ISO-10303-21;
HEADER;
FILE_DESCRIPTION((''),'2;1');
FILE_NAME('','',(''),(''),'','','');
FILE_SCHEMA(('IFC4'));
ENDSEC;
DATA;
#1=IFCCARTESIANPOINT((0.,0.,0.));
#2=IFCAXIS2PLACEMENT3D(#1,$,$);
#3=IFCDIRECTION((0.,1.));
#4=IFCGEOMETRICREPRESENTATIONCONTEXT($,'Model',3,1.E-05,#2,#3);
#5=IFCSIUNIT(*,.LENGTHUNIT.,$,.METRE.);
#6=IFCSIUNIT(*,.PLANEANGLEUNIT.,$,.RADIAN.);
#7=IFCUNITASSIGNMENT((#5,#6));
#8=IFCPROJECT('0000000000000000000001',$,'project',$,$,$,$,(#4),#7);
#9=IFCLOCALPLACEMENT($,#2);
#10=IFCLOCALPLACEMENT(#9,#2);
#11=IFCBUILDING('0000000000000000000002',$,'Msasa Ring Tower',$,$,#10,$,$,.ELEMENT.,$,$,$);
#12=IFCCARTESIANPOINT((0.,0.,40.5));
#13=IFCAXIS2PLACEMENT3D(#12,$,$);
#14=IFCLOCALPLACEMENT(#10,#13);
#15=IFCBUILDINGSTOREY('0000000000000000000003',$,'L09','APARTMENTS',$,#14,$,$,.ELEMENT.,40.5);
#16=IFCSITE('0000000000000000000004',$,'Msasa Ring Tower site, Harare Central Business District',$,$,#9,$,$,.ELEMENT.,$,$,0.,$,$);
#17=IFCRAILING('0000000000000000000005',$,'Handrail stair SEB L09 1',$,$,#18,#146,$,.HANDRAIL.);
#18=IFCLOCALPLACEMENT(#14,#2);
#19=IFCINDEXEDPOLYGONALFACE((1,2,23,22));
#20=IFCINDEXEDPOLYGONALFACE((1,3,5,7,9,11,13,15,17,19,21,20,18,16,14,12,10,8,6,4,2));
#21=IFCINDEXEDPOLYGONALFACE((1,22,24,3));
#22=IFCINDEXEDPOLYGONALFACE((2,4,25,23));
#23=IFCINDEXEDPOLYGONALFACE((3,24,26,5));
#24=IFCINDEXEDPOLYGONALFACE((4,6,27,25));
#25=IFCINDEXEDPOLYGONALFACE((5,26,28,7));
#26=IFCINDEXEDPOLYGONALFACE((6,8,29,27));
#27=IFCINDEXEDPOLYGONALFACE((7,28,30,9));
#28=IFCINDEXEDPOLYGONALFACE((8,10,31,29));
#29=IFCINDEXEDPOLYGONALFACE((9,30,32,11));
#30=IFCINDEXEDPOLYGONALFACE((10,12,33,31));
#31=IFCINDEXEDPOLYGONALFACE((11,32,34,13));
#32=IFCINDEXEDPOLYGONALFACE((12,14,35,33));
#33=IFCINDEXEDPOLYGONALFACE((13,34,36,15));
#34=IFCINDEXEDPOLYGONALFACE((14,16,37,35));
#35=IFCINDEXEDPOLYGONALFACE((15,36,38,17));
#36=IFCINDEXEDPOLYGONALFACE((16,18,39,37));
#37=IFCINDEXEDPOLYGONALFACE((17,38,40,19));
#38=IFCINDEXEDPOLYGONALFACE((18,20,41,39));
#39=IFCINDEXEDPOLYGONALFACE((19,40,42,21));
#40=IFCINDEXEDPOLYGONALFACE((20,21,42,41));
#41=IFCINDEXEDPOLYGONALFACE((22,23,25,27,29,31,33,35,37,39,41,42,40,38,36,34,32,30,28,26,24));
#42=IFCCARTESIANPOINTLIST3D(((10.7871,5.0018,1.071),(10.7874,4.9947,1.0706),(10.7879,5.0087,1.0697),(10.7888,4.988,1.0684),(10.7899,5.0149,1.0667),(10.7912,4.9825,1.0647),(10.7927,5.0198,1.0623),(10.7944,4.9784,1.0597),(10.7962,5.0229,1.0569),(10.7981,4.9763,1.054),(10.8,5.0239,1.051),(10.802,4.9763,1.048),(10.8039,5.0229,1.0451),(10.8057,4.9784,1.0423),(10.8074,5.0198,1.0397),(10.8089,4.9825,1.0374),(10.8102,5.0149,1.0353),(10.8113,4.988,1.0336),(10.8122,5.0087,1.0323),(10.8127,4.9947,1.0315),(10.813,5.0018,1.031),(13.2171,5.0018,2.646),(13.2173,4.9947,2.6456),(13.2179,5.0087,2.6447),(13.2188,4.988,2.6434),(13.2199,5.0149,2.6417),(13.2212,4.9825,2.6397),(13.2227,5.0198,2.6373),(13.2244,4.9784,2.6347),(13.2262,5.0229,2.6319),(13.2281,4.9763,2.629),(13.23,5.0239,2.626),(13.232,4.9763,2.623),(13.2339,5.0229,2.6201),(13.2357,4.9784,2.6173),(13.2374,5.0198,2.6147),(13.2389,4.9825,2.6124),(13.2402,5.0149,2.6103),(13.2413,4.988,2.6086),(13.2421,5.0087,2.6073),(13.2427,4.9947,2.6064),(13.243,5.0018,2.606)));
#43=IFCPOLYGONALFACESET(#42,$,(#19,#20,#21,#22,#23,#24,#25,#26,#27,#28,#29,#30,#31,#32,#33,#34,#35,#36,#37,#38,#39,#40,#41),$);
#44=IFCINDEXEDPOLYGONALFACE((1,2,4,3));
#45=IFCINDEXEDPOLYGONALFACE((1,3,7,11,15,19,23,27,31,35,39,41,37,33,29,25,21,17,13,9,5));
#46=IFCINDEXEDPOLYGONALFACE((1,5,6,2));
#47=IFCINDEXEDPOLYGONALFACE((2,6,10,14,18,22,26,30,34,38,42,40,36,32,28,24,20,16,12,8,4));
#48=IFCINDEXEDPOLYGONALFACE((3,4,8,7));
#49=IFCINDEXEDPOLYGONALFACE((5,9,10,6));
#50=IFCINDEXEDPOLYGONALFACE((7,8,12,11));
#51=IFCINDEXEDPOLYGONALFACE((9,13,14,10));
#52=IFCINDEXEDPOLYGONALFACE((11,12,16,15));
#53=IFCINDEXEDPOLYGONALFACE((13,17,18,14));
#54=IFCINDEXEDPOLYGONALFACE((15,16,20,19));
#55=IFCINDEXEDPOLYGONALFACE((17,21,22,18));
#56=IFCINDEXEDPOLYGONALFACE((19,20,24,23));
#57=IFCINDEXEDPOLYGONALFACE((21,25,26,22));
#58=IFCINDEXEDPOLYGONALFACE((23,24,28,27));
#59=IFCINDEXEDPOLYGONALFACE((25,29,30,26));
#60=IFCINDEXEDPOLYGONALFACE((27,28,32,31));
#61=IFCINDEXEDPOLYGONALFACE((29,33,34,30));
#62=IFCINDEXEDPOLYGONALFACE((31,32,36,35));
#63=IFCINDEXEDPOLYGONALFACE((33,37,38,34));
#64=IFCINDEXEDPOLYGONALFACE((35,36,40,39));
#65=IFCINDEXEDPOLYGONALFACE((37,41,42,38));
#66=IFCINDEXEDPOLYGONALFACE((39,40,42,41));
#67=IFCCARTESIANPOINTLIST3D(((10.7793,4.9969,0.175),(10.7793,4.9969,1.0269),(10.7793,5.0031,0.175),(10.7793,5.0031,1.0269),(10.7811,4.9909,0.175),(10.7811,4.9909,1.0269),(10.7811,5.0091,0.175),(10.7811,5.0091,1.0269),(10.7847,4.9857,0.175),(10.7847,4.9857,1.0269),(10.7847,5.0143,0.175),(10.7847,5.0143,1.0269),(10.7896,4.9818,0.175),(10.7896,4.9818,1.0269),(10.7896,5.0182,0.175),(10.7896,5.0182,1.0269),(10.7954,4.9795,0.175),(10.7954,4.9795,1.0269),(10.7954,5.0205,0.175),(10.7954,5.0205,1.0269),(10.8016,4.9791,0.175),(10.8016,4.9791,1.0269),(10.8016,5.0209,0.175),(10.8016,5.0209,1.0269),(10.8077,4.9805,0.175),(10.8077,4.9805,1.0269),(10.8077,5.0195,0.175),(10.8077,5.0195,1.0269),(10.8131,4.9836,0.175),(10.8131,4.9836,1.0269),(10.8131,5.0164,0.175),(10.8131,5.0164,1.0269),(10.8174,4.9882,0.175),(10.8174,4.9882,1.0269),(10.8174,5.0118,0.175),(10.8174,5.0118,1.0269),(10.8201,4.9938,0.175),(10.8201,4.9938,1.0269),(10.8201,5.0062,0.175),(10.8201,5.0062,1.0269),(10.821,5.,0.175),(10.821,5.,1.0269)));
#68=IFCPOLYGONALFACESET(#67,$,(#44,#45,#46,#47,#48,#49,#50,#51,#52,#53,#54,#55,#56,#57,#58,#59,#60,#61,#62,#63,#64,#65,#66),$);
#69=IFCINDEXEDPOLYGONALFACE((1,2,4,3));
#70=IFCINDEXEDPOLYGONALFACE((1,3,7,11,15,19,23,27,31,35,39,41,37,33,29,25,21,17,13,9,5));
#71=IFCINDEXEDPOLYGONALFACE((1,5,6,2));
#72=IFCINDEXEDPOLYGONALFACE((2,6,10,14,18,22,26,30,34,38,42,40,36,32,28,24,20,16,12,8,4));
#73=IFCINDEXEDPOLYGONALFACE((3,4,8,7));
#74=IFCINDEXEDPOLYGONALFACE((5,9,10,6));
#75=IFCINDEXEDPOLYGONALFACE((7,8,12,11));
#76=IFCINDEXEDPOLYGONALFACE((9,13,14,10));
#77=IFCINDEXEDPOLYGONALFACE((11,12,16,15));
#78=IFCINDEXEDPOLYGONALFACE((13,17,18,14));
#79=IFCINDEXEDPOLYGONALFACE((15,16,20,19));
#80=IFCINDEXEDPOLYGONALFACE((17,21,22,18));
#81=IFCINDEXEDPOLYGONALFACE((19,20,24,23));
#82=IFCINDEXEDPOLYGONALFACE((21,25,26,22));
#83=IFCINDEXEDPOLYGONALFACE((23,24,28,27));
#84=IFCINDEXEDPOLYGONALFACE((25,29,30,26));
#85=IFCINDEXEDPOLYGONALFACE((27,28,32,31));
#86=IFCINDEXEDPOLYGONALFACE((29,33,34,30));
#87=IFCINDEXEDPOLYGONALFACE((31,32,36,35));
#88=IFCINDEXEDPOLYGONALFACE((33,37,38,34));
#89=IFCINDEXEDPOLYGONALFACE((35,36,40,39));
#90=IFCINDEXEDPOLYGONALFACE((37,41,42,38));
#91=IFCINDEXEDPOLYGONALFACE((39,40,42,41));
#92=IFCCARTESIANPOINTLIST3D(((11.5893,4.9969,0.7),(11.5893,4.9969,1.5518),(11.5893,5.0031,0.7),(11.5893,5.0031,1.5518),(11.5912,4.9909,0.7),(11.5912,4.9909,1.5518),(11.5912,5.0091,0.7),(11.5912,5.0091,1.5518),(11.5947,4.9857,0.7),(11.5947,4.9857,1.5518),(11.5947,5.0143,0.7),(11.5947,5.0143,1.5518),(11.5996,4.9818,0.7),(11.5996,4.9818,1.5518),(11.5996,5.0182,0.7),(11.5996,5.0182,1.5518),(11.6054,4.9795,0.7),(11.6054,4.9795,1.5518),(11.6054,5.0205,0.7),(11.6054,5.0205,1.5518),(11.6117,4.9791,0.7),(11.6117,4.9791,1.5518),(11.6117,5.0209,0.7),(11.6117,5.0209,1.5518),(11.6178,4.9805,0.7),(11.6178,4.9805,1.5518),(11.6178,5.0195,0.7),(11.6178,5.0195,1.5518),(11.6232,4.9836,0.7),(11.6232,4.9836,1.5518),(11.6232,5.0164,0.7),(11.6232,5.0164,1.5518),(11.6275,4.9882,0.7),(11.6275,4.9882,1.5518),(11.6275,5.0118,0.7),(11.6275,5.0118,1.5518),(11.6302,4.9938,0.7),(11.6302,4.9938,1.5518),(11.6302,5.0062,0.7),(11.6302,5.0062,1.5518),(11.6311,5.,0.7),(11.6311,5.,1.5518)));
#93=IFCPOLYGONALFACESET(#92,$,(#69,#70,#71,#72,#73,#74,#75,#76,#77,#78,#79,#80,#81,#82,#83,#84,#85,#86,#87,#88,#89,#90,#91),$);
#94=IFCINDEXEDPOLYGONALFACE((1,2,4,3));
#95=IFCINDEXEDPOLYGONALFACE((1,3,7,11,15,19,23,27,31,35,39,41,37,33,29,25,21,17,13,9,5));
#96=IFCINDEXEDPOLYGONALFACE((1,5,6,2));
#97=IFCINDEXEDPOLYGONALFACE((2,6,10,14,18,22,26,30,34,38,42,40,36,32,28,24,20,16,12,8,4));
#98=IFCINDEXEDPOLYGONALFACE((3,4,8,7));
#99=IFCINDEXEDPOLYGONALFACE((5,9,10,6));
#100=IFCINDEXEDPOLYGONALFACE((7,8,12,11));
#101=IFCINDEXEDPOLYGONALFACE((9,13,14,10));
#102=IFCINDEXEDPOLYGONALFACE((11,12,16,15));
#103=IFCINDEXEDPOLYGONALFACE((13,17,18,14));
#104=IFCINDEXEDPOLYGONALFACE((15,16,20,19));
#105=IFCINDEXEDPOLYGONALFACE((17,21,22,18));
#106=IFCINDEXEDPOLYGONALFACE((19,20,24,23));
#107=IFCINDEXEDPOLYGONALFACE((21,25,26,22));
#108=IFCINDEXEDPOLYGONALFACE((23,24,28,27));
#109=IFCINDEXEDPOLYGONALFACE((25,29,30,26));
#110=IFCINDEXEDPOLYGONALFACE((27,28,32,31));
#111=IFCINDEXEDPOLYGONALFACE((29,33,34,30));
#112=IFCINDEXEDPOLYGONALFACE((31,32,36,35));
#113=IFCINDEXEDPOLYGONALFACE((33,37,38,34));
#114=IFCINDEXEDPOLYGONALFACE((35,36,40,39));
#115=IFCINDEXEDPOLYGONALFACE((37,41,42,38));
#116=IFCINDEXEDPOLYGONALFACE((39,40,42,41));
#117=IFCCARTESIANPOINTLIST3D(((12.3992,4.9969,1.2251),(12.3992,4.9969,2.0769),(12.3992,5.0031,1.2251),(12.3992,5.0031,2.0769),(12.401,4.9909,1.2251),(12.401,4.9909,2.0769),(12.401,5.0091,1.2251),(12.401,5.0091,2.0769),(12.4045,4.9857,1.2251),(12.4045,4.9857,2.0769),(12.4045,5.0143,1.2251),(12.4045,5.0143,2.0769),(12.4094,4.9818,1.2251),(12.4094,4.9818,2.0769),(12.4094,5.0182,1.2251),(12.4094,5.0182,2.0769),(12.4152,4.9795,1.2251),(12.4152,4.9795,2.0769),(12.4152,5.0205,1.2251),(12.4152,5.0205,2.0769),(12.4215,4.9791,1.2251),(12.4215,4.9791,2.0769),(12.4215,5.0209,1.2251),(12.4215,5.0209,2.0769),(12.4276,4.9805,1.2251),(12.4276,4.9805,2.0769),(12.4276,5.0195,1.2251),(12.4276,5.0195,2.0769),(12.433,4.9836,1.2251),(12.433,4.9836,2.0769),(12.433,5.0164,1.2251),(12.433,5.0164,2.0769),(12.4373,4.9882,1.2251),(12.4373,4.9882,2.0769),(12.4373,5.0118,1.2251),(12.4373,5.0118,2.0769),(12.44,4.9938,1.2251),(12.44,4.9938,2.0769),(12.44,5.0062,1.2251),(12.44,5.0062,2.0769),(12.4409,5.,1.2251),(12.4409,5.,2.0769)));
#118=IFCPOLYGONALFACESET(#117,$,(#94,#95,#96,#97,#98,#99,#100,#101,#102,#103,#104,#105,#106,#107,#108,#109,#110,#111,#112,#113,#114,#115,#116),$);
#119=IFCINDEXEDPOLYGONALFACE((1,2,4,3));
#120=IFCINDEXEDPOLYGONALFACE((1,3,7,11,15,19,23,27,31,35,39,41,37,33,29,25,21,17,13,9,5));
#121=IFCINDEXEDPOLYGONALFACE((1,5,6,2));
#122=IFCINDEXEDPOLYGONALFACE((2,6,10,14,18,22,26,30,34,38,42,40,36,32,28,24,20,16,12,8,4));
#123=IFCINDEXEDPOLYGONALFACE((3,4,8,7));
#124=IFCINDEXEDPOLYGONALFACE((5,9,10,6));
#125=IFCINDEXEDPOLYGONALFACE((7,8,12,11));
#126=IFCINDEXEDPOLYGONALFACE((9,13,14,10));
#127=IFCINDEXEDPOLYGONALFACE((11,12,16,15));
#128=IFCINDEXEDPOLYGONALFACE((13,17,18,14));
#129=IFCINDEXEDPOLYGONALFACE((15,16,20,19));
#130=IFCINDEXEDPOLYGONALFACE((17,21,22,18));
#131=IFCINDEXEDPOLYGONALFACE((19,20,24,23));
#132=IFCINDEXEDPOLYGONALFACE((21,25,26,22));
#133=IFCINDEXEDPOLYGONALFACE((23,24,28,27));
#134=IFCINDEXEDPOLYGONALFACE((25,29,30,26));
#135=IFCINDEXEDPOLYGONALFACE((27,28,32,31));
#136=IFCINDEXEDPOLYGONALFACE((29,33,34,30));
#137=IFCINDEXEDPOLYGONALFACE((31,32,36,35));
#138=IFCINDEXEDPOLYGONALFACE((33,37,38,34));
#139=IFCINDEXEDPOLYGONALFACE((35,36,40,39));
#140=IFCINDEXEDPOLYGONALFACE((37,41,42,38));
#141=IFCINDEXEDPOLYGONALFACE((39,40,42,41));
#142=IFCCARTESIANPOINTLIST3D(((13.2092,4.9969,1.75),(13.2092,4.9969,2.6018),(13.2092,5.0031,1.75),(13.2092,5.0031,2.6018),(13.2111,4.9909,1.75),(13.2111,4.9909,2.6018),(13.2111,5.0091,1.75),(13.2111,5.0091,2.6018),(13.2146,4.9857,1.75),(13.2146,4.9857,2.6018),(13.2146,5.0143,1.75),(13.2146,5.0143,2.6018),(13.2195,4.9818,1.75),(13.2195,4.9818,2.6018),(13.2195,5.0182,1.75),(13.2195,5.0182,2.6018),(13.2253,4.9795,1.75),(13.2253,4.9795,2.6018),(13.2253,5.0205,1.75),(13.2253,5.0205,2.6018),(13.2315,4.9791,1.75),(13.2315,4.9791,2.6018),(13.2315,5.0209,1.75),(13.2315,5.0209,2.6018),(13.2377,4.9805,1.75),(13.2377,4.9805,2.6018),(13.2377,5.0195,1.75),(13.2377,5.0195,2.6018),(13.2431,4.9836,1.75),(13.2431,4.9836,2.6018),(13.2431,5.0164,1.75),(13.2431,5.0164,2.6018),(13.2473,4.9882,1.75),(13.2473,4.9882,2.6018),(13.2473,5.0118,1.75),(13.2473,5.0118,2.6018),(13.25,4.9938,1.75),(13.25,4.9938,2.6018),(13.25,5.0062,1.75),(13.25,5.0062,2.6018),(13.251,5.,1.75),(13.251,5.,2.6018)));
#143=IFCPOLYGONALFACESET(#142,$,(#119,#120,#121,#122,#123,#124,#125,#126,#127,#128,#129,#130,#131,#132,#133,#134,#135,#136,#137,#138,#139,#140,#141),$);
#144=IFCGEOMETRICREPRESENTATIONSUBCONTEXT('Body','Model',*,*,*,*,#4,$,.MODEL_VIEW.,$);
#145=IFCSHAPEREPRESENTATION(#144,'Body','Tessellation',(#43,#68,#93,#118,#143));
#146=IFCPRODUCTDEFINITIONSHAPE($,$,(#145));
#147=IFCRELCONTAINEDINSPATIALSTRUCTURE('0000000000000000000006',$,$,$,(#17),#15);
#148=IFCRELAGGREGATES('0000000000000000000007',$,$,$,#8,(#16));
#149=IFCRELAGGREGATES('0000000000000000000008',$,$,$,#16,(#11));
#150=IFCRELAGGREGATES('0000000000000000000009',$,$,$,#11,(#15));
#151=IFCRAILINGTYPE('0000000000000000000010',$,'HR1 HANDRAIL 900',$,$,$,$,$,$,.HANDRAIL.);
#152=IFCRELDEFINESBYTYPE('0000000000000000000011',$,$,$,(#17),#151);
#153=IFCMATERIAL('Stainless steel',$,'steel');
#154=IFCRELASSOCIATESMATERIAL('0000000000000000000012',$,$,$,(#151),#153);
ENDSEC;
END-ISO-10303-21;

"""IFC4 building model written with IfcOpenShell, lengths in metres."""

from ifc_helpers import new_model, si_unit, direction, frame, origin, origin_2d, place, context, subcontext, project, spatial, circle, extrude, material, type_object, element, save


model = new_model("IFC4")

# Units and contexts
model_context = context("Model", 3, precision=1e-05, world=origin(), true_north=direction((0.0, 1.0)))
body_context = subcontext(model_context, "Body", "Model", "MODEL_VIEW")
ifc_project = project(units=[si_unit("LENGTHUNIT", "METRE"), si_unit("PLANEANGLEUNIT", "RADIAN")], contexts=[model_context])

# Site, building, storey
site_placement = place(None, origin())
site = spatial("IfcSite", under=ifc_project, at=site_placement, Name="Msasa Ring Tower site, Harare Central Business District", CompositionType="ELEMENT", RefElevation=0.0)
building_placement = place(site_placement, origin())
building = spatial("IfcBuilding", under=site, at=building_placement, Name="Msasa Ring Tower", CompositionType="ELEMENT")
storey_placement = place(building_placement, frame((0.0, 0.0, 40.5)))
storey = spatial("IfcBuildingStorey", under=building, at=storey_placement, Name="L09", Description="APARTMENTS", CompositionType="ELEMENT", Elevation=40.5)

# Railing
ifc_material_1 = material(Name="Stainless steel", Category="steel")
railing_type = type_object("IfcRailingType", Name="HR1 HANDRAIL 900", PredefinedType="HANDRAIL", material=ifc_material_1)
for number, where, name in (
    (1, (10.8, 5.0, 0.175), "Handrail stair SEB L09 1"),
):
    element("IfcRailing", number, at=place(storey_placement, frame(where)), inside=storey, type_object=railing_type, Name=name, PredefinedType="HANDRAIL", context=body_context, shape_type="SweptSolid", body=[
        extrude(circle(Radius=0.0239, at=origin_2d()), frame((0.0, 0.0, 0.876), z_axis=(0.839154, 0.0, 0.543894), x_axis=(0.0, 1.0, 0.0)), (0.0, 0.0, 1.0), 2.8958),
        extrude(circle(Radius=0.021, at=origin_2d()), origin(), (0.0, 0.0, 1.0), 0.8518),
        extrude(circle(Radius=0.021, at=origin_2d()), frame((0.8101, 0.0, 0.5249)), (0.0, 0.0, 1.0), 0.8518),
        extrude(circle(Radius=0.021, at=origin_2d()), frame((1.6199, 0.0, 1.05)), (0.0, 0.0, 1.0), 0.8518),
        extrude(circle(Radius=0.021, at=origin_2d()), frame((2.4299, 0.0, 1.575)), (0.0, 0.0, 1.0), 0.8518),
    ])

save(model, "model.ifc")
